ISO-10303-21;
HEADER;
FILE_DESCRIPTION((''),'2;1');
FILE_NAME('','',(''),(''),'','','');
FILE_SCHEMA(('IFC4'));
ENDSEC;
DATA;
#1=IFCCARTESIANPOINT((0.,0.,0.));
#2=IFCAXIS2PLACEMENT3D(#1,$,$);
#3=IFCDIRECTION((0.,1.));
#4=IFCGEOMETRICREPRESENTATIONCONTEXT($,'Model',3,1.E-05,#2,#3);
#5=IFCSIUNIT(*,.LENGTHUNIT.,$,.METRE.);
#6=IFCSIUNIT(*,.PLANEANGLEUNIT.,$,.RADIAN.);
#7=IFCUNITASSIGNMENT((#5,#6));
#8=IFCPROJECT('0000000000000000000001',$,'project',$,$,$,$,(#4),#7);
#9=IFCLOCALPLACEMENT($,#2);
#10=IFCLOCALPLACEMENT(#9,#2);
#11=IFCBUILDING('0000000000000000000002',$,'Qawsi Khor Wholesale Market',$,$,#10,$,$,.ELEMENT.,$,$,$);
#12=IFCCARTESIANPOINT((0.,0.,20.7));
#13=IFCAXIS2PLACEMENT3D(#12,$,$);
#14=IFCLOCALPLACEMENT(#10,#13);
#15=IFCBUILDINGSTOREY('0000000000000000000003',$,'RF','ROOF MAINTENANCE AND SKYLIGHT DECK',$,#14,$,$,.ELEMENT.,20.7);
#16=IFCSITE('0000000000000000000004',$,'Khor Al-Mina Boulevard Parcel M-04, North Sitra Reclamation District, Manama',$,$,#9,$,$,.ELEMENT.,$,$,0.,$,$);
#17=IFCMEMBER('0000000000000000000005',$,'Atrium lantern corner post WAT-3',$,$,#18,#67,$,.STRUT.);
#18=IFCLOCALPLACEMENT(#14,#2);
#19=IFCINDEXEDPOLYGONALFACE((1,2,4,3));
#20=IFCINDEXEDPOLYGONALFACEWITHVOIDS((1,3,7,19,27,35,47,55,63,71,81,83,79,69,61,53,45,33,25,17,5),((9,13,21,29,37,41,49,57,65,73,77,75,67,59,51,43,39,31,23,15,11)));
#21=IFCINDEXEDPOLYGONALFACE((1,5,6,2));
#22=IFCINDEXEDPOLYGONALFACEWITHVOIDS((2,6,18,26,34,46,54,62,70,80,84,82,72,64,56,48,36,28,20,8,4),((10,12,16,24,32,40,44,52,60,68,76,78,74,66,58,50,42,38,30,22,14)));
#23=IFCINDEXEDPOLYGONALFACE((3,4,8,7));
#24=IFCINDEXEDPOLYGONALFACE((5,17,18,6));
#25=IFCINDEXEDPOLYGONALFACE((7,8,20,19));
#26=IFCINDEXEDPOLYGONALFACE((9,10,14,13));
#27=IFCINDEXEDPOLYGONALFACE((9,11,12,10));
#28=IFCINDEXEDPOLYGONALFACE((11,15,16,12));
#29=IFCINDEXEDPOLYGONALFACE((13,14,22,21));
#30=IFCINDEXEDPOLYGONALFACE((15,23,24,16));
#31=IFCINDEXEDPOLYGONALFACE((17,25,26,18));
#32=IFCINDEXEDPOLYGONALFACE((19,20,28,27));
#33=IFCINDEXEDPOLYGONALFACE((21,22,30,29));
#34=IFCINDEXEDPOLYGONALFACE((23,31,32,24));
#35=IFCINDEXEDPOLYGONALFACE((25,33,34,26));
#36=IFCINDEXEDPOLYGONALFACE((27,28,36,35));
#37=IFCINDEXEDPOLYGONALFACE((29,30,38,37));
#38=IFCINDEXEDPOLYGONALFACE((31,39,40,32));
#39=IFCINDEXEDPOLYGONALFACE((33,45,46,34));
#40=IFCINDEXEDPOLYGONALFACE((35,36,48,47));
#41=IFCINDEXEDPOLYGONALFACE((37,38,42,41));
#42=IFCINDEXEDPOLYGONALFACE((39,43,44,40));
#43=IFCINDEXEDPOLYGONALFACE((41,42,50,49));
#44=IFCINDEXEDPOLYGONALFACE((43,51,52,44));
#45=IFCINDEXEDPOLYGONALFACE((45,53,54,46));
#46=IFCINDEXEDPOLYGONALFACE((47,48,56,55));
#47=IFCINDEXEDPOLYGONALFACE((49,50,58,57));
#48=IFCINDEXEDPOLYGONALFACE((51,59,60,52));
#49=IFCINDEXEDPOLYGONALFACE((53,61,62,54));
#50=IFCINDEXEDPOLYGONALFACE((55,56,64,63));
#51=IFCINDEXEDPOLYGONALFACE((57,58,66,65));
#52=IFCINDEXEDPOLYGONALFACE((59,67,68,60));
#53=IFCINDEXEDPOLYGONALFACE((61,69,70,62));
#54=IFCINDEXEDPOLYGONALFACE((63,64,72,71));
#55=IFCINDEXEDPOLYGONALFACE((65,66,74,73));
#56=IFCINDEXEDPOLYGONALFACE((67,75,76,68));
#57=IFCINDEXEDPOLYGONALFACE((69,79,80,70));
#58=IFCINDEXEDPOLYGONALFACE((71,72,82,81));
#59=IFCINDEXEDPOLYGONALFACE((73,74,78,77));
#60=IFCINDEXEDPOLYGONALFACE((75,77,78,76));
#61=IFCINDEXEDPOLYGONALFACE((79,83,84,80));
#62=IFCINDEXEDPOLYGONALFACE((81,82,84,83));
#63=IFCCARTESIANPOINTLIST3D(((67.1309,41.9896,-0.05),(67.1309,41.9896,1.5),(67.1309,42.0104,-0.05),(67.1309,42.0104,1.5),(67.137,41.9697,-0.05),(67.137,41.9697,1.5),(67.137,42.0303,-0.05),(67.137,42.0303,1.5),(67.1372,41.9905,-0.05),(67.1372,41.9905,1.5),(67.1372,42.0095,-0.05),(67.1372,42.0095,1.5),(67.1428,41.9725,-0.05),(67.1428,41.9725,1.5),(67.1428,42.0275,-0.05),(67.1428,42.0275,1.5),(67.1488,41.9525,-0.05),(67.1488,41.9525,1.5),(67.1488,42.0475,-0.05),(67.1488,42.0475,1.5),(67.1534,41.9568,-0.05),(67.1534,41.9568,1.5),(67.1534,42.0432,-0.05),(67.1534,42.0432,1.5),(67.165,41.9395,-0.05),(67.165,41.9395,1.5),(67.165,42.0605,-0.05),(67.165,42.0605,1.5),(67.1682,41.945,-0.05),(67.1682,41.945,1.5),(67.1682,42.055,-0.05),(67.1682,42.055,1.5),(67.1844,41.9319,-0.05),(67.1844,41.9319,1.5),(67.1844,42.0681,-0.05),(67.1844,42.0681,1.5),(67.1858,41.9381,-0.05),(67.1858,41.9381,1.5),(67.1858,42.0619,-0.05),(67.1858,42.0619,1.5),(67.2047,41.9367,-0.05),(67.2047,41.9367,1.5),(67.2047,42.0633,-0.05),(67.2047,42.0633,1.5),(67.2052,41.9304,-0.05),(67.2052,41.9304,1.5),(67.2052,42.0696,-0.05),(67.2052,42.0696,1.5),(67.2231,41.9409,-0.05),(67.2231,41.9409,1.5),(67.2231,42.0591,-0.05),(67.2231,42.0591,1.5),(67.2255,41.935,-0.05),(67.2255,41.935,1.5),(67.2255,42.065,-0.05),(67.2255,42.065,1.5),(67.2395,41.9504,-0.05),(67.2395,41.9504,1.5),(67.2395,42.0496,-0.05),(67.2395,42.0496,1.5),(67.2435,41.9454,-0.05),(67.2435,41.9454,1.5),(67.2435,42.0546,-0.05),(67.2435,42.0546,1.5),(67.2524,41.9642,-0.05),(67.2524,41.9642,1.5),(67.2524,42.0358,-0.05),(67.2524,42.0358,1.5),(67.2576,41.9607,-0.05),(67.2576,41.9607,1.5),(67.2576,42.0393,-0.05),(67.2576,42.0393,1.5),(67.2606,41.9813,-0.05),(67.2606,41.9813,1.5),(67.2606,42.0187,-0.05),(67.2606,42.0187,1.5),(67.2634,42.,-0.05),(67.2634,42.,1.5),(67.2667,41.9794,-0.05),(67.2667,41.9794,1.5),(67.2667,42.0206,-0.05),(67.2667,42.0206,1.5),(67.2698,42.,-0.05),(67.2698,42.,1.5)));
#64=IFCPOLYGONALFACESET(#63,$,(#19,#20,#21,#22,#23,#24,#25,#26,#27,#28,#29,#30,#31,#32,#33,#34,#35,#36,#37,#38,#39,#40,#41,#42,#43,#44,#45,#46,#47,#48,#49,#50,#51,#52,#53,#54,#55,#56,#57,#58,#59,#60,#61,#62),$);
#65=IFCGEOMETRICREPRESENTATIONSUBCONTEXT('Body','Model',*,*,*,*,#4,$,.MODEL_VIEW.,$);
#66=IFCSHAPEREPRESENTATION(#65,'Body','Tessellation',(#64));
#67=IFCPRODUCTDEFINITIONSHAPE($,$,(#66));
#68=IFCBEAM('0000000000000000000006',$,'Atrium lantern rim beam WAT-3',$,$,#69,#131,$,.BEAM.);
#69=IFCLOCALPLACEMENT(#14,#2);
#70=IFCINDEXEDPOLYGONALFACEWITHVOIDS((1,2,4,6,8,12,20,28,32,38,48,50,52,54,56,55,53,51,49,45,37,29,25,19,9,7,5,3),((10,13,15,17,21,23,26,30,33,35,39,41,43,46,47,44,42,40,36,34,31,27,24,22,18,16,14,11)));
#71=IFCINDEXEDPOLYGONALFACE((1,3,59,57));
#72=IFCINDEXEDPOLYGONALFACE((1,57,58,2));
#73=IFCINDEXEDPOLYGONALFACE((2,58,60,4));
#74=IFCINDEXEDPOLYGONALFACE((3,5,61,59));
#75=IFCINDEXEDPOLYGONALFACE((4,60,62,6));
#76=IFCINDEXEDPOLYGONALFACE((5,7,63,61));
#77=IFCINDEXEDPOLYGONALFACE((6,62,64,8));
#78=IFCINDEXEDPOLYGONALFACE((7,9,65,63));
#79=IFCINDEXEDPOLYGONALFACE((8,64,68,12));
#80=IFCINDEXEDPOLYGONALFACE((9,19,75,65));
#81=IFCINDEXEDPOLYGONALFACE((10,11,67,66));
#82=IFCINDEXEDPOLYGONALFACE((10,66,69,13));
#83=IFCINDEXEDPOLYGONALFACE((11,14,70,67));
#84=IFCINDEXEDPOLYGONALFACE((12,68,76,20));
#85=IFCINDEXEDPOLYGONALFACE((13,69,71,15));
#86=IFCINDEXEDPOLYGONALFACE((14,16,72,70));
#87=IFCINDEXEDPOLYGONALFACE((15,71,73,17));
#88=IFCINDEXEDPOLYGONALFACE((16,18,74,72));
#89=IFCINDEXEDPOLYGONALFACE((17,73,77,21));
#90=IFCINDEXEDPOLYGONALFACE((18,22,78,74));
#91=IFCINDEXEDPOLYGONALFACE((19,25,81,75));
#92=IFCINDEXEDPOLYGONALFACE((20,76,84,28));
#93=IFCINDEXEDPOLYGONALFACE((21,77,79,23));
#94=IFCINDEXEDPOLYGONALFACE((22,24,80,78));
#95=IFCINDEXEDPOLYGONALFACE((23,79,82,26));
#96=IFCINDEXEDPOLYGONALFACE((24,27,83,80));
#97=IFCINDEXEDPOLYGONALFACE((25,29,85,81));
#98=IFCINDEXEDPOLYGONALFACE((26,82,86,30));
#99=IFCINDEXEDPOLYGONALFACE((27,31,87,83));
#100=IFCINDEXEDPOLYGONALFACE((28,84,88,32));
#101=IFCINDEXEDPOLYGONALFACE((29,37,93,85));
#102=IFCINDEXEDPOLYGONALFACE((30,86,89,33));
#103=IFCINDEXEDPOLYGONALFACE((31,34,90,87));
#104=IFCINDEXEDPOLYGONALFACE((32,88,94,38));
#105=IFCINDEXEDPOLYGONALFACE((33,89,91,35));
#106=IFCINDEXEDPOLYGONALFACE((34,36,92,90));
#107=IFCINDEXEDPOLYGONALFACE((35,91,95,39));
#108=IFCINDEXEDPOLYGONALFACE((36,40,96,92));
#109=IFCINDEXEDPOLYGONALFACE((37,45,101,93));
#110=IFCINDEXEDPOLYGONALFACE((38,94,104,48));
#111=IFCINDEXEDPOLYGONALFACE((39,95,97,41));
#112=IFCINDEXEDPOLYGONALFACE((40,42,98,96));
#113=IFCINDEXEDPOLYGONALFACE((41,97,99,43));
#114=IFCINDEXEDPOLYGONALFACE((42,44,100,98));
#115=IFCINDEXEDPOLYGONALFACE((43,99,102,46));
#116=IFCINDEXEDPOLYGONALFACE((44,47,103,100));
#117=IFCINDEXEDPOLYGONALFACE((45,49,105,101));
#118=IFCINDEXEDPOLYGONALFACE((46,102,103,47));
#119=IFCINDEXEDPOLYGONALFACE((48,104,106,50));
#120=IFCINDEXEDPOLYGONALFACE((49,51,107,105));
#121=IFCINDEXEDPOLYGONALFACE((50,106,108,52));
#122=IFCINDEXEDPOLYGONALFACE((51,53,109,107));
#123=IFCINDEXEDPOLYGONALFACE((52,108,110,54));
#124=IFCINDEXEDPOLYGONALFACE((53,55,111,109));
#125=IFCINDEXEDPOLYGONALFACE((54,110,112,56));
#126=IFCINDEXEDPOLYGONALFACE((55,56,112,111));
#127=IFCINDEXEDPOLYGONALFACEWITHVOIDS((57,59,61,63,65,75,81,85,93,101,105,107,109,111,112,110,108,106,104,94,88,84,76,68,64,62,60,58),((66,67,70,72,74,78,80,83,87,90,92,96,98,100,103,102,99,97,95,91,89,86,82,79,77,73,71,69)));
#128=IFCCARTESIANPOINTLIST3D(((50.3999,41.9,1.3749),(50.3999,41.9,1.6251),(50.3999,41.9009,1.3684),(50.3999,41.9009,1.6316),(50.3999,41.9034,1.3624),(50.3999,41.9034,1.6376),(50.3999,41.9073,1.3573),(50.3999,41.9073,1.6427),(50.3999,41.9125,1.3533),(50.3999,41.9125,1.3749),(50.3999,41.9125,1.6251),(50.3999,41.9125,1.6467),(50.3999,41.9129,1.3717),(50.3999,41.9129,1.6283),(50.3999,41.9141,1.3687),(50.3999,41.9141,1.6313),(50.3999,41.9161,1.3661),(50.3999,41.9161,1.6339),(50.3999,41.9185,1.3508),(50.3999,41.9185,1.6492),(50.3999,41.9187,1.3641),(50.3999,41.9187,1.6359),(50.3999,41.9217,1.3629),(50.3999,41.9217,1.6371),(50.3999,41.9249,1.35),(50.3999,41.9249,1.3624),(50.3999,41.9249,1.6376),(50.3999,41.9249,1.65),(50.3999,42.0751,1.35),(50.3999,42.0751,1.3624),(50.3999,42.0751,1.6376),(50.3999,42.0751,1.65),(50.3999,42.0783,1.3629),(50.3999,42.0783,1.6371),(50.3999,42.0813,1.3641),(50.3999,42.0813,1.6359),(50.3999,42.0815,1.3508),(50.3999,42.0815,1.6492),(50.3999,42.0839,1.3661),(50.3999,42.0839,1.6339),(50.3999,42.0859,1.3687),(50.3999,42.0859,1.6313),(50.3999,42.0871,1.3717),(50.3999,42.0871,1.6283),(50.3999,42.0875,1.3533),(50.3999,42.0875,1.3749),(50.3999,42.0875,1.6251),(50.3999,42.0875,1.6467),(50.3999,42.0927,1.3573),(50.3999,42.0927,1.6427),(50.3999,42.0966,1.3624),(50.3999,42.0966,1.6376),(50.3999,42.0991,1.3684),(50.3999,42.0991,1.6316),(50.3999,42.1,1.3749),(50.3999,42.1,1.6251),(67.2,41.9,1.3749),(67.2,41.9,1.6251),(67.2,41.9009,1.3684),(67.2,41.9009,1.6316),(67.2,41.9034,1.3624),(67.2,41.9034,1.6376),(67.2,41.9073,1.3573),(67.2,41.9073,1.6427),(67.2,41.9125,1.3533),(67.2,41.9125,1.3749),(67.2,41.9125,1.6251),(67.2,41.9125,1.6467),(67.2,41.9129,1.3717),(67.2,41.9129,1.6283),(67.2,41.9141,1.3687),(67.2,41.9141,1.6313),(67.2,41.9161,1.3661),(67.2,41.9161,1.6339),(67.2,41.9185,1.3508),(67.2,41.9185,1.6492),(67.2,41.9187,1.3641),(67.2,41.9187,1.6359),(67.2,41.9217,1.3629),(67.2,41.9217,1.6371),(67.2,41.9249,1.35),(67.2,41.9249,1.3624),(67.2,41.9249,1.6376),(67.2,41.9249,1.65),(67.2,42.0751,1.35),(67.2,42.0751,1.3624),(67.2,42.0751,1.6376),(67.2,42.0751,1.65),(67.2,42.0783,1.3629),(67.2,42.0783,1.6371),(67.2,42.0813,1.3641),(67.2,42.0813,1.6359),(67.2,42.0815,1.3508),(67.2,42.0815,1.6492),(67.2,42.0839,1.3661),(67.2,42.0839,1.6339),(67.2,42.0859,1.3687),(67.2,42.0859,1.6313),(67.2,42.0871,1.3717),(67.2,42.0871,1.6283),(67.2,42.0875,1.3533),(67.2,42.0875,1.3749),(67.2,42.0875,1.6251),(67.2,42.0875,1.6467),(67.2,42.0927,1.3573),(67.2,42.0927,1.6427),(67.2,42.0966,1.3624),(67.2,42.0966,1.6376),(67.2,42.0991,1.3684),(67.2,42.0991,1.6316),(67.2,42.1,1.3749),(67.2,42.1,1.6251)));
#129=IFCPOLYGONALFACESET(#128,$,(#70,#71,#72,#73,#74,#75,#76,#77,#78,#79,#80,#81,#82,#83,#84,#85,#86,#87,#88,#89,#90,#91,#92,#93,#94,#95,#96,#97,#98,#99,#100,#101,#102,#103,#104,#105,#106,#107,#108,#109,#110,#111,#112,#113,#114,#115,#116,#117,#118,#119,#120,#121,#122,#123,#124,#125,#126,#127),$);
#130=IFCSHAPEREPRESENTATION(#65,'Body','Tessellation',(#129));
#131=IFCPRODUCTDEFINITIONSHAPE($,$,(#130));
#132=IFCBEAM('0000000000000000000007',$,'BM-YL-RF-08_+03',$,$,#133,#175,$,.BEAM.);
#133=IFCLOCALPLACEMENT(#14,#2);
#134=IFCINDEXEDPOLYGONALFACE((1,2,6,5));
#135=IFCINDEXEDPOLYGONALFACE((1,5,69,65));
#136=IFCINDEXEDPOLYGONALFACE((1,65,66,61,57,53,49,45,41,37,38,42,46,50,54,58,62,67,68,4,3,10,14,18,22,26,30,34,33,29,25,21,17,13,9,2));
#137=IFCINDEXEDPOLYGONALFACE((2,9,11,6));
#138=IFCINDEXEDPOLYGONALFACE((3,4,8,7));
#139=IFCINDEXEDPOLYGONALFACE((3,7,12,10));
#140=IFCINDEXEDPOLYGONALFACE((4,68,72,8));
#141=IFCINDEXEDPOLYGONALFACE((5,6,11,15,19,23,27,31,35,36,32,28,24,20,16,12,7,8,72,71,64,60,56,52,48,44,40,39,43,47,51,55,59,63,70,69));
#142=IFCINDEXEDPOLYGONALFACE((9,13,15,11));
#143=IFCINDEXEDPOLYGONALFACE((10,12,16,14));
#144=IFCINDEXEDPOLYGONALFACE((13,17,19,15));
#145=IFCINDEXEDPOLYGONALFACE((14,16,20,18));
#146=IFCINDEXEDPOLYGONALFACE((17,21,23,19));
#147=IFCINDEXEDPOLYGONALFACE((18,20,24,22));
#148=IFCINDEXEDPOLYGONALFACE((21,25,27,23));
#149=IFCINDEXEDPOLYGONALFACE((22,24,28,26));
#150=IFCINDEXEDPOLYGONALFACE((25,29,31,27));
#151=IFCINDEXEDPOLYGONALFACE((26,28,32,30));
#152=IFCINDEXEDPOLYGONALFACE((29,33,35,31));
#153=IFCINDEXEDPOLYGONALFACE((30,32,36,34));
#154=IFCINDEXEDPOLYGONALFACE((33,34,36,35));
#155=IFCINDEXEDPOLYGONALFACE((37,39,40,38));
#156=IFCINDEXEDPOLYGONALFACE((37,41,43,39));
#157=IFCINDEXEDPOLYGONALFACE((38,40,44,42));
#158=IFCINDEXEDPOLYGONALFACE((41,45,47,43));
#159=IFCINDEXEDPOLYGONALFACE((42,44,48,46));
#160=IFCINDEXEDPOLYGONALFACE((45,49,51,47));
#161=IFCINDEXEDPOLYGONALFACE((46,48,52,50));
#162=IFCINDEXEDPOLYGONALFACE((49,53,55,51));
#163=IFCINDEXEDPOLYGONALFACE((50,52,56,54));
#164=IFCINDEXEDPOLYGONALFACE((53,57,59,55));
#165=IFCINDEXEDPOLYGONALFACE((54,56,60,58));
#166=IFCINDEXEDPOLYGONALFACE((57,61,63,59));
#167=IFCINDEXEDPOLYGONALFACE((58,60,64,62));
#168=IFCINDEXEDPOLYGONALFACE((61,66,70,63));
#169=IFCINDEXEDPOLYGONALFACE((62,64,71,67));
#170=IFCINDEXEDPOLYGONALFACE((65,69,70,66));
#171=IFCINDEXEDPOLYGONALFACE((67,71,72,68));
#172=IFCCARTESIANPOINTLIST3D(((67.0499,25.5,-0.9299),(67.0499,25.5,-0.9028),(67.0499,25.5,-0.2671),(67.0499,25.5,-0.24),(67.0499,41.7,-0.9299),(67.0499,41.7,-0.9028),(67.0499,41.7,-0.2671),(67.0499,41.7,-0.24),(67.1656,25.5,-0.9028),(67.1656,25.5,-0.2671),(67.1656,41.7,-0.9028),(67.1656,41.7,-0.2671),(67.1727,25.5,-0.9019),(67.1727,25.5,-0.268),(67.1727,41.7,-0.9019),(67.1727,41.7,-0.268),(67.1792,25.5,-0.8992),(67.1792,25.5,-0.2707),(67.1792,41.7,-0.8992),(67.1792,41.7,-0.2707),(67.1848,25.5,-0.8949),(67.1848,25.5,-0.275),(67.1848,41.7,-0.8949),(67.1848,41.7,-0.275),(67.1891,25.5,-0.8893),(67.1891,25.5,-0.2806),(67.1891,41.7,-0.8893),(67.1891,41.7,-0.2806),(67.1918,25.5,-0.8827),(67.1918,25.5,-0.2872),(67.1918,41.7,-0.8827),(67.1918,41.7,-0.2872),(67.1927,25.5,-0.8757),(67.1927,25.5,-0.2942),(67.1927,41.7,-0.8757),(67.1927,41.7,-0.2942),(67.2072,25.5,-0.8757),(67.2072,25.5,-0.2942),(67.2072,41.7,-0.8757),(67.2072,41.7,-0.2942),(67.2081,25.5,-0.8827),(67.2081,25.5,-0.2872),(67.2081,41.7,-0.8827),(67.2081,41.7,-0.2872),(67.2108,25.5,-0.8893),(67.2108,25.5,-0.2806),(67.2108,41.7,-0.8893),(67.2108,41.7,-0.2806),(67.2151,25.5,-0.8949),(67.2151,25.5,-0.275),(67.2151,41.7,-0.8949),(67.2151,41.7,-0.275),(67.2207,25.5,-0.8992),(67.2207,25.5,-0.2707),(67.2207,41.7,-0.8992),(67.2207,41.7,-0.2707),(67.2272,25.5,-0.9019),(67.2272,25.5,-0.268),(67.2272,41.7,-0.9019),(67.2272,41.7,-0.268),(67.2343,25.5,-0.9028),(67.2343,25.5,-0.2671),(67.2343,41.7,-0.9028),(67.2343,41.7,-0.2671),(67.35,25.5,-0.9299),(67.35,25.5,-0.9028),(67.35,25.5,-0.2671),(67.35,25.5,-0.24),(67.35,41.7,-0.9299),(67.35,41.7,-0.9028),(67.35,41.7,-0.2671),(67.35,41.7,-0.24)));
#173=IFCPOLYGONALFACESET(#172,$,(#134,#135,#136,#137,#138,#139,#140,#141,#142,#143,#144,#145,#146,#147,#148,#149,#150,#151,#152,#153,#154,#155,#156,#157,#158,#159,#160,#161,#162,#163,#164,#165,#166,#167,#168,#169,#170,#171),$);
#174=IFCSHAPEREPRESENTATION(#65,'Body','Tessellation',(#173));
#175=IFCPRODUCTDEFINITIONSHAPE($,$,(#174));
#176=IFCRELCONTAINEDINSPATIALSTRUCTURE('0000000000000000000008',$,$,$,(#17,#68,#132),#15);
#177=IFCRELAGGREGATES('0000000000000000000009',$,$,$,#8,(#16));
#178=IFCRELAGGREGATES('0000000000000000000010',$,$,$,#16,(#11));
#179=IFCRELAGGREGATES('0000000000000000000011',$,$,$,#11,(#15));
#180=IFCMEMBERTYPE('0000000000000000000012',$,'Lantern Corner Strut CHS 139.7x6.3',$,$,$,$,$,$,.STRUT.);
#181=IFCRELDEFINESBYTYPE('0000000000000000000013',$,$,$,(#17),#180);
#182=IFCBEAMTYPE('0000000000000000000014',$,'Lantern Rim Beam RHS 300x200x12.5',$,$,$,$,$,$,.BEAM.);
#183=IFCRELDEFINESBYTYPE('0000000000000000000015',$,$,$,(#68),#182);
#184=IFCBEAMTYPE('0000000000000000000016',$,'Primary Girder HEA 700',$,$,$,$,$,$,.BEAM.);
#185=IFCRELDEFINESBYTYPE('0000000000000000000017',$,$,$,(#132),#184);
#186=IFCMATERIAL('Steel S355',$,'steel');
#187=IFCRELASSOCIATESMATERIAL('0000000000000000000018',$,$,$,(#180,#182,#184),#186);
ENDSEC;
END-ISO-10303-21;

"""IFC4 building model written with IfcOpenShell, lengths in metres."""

from ifc_helpers import new_model, si_unit, direction, frame, origin, origin_2d, place, context, subcontext, project, spatial, hollow_rectangle, hollow_circle, i_section, extrude, material, material_profile, profile_set, type_object, element, save


model = new_model("IFC4")

# Units and contexts
model_context = context("Model", 3, precision=1e-05, world=origin(), true_north=direction((0.0, 1.0)))
body_context = subcontext(model_context, "Body", "Model", "MODEL_VIEW")
ifc_project = project(units=[si_unit("LENGTHUNIT", "METRE"), si_unit("PLANEANGLEUNIT", "RADIAN")], contexts=[model_context])

# Site, building, storey
site_placement = place(None, origin())
site = spatial("IfcSite", under=ifc_project, at=site_placement, Name="Khor Al-Mina Boulevard Parcel M-04, North Sitra Reclamation District, Manama", CompositionType="ELEMENT", RefElevation=0.0)
building_placement = place(site_placement, origin())
building = spatial("IfcBuilding", under=site, at=building_placement, Name="Qawsi Khor Wholesale Market", CompositionType="ELEMENT")
storey_placement = place(building_placement, frame((0.0, 0.0, 20.7)))
storey = spatial("IfcBuildingStorey", under=building, at=storey_placement, Name="RF", Description="ROOF MAINTENANCE AND SKYLIGHT DECK", CompositionType="ELEMENT", Elevation=20.7)

# Shared definitions
ifc_material_1 = material(Name="Steel S355", Category="steel")

# Member
ifc_material_profile_1 = material_profile(ifc_material_1, hollow_circle(Radius=0.0698, WallThickness=0.0063, at=origin_2d()), Name="CHS 139.7x6.3")
ifc_profile_set_1 = profile_set([ifc_material_profile_1], Name="Steel S355")
member_type_1 = type_object("IfcMemberType", Name="Lantern Corner Strut CHS 139.7x6.3", PredefinedType="STRUT", material=ifc_profile_set_1)
member_1_placement = place(storey_placement, frame((67.2, 42.0, -0.05), z_axis=(0.0, 0.0, 1.0), x_axis=(1.0, 0.0, 0.0)))
element("IfcMember", 1, at=member_1_placement, inside=storey, type_object=member_type_1, Name="Atrium lantern corner post WAT-3", PredefinedType="STRUT", context=body_context, shape_type="SweptSolid", body=[
    extrude(hollow_circle(Radius=0.0698, WallThickness=0.0063, at=origin_2d()), origin(), (0.0, 0.0, 1.0), 1.55),
])

# Beams
ifc_material_profile_2 = material_profile(ifc_material_1, hollow_rectangle(XDim=0.2, YDim=0.3, WallThickness=0.0125, InnerFilletRadius=0.0125, OuterFilletRadius=0.0249, at=origin_2d()), Name="RHS 300x200x12.5")
ifc_profile_set_2 = profile_set([ifc_material_profile_2], Name="Steel S355")
beam_type_1 = type_object("IfcBeamType", Name="Lantern Rim Beam RHS 300x200x12.5", PredefinedType="BEAM", material=ifc_profile_set_2)
beam_placement = place(storey_placement, frame((67.2, 42.0, 1.5), z_axis=(-1.0, 0.0, 0.0), x_axis=(0.0, -1.0, 0.0)))
element("IfcBeam", 2, at=beam_placement, inside=storey, type_object=beam_type_1, Name="Atrium lantern rim beam WAT-3", PredefinedType="BEAM", context=body_context, shape_type="SweptSolid", body=[
    extrude(hollow_rectangle(XDim=0.2, YDim=0.3, WallThickness=0.0125, InnerFilletRadius=0.0125, OuterFilletRadius=0.0249, at=origin_2d()), origin(), (0.0, 0.0, 1.0), 16.8),
])
ifc_material_profile_3 = material_profile(ifc_material_1, i_section(OverallWidth=0.3, OverallDepth=0.6899, WebThickness=0.0144, FlangeThickness=0.0271, FilletRadius=0.0271, at=origin_2d()), Name="HEA 700")
ifc_profile_set_3 = profile_set([ifc_material_profile_3], Name="Steel S355")
beam_type_2 = type_object("IfcBeamType", Name="Primary Girder HEA 700", PredefinedType="BEAM", material=ifc_profile_set_3)
for number, where, z_axis, x_axis, name in (
    (3, (67.2, 25.5, -0.585), (0.0, 1.0, 0.0), (-1.0, 0.0, 0.0), "BM-YL-RF-08_+03"),
):
    element("IfcBeam", number, at=place(storey_placement, frame(where, z_axis=z_axis, x_axis=x_axis)), inside=storey, type_object=beam_type_2, Name=name, PredefinedType="BEAM", context=body_context, shape_type="SweptSolid", body=[
        extrude(i_section(OverallWidth=0.3, OverallDepth=0.6899, WebThickness=0.0144, FlangeThickness=0.0271, FilletRadius=0.0271, at=origin_2d()), origin(), (0.0, 0.0, 1.0), 16.2),
    ])

save(model, "model.ifc")
